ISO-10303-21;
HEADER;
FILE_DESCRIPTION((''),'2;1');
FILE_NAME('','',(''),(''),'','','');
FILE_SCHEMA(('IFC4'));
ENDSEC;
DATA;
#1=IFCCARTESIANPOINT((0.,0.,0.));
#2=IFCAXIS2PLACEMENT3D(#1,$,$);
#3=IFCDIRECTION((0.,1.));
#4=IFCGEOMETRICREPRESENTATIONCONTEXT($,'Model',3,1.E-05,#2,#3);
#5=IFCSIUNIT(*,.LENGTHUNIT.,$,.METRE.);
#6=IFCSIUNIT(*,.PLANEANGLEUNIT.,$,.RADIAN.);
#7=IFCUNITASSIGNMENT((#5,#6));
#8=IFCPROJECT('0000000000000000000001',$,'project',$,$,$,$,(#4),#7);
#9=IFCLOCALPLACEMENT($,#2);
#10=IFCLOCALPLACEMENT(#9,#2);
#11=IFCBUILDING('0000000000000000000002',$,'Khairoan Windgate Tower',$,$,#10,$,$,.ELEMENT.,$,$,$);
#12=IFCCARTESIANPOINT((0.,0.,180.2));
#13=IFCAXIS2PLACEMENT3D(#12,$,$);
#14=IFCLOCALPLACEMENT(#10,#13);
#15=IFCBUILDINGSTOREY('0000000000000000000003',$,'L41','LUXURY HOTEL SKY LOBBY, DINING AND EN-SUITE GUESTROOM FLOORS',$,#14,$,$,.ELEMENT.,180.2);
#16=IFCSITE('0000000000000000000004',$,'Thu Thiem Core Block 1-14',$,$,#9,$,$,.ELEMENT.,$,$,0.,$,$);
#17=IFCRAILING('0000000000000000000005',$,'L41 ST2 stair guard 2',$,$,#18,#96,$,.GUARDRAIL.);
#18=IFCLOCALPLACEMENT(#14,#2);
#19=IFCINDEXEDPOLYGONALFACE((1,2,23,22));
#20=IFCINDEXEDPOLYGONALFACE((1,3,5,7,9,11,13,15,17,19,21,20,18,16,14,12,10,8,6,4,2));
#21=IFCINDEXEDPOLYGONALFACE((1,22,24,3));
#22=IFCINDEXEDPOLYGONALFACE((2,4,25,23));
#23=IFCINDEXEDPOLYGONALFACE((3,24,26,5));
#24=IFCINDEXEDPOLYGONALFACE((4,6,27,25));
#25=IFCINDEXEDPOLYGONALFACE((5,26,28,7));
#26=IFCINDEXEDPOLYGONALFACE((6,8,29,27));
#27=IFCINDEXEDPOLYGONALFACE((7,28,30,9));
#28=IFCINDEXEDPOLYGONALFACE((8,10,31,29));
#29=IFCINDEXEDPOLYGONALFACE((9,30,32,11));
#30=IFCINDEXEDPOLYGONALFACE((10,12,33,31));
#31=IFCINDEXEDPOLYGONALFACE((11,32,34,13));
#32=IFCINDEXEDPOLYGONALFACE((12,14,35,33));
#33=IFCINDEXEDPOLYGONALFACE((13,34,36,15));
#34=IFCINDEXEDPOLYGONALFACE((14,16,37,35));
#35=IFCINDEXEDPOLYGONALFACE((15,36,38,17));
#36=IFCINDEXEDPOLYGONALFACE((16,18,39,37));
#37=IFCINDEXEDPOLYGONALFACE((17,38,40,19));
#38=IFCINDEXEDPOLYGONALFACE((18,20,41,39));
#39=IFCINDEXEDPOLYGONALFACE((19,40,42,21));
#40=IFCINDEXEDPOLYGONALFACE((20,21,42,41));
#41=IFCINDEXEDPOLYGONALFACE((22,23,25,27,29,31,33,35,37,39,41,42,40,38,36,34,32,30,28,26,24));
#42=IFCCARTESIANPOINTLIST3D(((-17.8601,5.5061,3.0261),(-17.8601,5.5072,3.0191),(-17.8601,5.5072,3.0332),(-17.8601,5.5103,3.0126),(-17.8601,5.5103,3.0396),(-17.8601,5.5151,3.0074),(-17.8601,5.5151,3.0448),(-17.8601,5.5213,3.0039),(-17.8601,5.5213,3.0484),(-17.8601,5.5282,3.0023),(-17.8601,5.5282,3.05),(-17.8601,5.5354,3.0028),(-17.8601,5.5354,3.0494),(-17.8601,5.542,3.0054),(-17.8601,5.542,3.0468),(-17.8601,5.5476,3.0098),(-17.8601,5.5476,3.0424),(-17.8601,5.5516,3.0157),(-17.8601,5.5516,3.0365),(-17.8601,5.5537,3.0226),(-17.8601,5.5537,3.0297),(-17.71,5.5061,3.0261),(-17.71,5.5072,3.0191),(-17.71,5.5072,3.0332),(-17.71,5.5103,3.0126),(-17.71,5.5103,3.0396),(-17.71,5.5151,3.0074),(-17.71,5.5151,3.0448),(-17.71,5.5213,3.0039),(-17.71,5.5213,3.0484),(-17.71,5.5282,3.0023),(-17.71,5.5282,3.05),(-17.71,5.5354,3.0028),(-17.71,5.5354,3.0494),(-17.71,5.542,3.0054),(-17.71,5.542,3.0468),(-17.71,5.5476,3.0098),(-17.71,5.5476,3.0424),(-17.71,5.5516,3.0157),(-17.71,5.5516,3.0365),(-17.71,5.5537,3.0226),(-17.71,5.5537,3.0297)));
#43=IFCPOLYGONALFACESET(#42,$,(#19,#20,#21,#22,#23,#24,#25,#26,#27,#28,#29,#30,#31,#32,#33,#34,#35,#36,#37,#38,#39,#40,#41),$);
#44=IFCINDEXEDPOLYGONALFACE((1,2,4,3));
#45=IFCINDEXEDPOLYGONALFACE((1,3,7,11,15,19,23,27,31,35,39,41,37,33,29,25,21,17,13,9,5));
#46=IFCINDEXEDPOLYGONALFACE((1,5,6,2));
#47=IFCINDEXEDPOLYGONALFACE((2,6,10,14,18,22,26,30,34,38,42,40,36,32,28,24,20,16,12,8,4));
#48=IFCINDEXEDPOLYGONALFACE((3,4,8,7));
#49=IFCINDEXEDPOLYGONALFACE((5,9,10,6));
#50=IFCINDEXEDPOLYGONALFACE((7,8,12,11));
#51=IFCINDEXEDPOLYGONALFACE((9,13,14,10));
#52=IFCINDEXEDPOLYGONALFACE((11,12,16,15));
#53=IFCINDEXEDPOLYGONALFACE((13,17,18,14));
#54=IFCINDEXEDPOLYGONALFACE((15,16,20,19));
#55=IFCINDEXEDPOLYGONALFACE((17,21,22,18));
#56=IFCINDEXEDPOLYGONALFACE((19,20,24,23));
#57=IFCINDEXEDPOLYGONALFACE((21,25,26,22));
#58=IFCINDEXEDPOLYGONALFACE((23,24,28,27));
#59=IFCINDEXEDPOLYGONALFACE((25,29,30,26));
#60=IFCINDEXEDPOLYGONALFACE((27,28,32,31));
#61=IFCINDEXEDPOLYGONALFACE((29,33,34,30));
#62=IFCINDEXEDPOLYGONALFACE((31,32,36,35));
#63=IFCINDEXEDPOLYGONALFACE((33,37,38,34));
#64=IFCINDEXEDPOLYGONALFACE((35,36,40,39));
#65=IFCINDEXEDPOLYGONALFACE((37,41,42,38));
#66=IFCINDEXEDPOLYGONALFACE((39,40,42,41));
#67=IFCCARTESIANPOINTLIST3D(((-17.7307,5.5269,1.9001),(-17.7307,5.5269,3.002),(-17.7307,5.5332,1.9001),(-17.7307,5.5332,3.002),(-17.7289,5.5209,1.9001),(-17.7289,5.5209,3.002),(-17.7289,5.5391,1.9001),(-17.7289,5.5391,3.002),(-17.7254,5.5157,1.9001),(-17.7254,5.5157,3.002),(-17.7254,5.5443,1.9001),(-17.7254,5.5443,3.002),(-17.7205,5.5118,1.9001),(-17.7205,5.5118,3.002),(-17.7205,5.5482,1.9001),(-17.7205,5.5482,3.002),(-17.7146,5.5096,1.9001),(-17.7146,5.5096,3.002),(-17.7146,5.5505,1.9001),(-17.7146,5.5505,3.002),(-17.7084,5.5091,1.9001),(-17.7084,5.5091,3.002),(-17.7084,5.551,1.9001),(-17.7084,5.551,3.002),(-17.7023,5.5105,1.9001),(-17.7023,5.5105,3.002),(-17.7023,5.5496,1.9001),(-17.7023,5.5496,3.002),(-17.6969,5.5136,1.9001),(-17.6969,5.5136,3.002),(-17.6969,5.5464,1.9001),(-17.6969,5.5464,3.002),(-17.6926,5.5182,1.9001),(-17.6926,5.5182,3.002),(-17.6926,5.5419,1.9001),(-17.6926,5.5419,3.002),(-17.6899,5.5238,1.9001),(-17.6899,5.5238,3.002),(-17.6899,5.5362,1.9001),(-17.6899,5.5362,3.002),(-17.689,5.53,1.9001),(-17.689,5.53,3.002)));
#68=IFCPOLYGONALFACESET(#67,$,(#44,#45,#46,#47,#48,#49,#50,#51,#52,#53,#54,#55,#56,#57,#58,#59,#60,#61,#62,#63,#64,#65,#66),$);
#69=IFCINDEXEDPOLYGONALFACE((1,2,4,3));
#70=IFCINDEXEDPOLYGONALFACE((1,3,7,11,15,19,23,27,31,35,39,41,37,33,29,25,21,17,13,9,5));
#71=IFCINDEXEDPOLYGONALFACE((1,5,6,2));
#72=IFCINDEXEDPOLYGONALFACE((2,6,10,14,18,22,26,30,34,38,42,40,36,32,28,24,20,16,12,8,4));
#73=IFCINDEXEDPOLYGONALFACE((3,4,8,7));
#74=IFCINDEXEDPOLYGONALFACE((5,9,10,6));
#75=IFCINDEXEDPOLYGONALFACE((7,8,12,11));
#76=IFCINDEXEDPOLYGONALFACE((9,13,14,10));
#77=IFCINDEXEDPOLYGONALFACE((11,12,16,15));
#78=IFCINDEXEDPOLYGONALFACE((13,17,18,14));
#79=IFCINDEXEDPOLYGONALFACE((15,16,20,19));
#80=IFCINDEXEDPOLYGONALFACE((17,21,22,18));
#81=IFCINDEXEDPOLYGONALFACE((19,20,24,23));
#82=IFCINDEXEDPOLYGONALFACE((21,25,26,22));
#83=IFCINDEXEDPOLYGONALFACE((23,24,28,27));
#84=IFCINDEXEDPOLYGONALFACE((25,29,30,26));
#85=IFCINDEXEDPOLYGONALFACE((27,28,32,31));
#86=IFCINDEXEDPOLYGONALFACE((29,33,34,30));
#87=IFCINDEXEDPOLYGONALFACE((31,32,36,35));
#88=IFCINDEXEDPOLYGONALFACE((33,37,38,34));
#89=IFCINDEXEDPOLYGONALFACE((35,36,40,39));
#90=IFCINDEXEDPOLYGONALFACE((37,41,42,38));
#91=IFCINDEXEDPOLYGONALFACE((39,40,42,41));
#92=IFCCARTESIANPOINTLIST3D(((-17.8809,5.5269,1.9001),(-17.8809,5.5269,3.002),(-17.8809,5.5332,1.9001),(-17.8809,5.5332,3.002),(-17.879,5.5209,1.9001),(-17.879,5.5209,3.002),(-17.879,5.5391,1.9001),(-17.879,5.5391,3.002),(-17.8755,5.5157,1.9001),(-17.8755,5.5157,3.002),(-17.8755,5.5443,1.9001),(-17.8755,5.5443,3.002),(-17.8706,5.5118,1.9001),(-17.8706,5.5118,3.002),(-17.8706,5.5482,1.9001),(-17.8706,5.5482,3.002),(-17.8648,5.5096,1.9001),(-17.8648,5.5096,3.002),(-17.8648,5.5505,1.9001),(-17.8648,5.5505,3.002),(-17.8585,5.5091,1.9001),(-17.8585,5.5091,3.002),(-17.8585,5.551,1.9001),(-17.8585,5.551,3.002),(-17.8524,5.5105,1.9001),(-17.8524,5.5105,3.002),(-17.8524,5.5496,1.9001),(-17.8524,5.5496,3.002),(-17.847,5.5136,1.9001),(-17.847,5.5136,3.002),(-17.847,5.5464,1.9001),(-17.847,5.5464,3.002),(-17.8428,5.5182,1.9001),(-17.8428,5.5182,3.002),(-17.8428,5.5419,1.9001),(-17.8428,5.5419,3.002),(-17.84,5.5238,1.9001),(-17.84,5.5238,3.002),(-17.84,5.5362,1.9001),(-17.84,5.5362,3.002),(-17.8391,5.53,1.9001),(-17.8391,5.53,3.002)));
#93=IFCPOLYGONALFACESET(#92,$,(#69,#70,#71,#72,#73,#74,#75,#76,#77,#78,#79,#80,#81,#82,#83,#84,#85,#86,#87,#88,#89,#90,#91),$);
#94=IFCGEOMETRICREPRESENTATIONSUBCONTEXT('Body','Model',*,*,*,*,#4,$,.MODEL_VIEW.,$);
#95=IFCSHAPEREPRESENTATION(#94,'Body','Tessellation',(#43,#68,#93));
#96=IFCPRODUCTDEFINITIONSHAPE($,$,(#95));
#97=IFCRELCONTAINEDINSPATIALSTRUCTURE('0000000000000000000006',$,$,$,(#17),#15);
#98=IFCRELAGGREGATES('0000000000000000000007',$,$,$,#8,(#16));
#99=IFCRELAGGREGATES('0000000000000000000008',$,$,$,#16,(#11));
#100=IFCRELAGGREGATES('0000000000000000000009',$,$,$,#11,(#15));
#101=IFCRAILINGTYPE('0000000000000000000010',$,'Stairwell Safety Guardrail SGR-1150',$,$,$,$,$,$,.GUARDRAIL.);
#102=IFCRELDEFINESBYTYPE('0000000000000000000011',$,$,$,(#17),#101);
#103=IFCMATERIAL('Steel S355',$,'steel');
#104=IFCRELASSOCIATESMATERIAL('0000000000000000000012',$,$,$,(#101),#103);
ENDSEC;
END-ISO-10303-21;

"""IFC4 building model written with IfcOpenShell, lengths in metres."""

from ifc_helpers import new_model, si_unit, direction, frame, origin, origin_2d, place, context, subcontext, project, spatial, circle, extrude, material, type_object, element, save


model = new_model("IFC4")

# Units and contexts
model_context = context("Model", 3, precision=1e-05, world=origin(), true_north=direction((0.0, 1.0)))
body_context = subcontext(model_context, "Body", "Model", "MODEL_VIEW")
ifc_project = project(units=[si_unit("LENGTHUNIT", "METRE"), si_unit("PLANEANGLEUNIT", "RADIAN")], contexts=[model_context])

# Site, building, storey
site_placement = place(None, origin())
site = spatial("IfcSite", under=ifc_project, at=site_placement, Name="Thu Thiem Core Block 1-14", CompositionType="ELEMENT", RefElevation=0.0)
building_placement = place(site_placement, origin())
building = spatial("IfcBuilding", under=site, at=building_placement, Name="Khairoan Windgate Tower", CompositionType="ELEMENT")
storey_placement = place(building_placement, frame((0.0, 0.0, 180.2)))
storey = spatial("IfcBuildingStorey", under=building, at=storey_placement, Name="L41", Description="LUXURY HOTEL SKY LOBBY, DINING AND EN-SUITE GUESTROOM FLOORS", CompositionType="ELEMENT", Elevation=180.2)

# Railing
ifc_material_1 = material(Name="Steel S355", Category="steel")
railing_type_1 = type_object("IfcRailingType", Name="Stairwell Safety Guardrail SGR-1150", PredefinedType="GUARDRAIL", material=ifc_material_1)
railing_1_placement = place(storey_placement, frame((-17.71, 5.53, 1.9001)))
element("IfcRailing", 1, at=railing_1_placement, inside=storey, type_object=railing_type_1, Name="L41 ST2 stair guard 2", PredefinedType="GUARDRAIL", context=body_context, shape_type="SweptSolid", body=[
    extrude(circle(Radius=0.0239, at=origin_2d()), frame((0.0, 0.0, 1.126), z_axis=(-1.0, 0.0, 0.0), x_axis=(0.0, -1.0, 0.0)), (0.0, 0.0, 1.0), 0.1501),
    extrude(circle(Radius=0.021, at=origin_2d()), origin(), (0.0, 0.0, 1.0), 1.1018),
    extrude(circle(Radius=0.021, at=origin_2d()), frame((-0.1501, 0.0, 0.0)), (0.0, 0.0, 1.0), 1.1018),
])

save(model, "model.ifc")
